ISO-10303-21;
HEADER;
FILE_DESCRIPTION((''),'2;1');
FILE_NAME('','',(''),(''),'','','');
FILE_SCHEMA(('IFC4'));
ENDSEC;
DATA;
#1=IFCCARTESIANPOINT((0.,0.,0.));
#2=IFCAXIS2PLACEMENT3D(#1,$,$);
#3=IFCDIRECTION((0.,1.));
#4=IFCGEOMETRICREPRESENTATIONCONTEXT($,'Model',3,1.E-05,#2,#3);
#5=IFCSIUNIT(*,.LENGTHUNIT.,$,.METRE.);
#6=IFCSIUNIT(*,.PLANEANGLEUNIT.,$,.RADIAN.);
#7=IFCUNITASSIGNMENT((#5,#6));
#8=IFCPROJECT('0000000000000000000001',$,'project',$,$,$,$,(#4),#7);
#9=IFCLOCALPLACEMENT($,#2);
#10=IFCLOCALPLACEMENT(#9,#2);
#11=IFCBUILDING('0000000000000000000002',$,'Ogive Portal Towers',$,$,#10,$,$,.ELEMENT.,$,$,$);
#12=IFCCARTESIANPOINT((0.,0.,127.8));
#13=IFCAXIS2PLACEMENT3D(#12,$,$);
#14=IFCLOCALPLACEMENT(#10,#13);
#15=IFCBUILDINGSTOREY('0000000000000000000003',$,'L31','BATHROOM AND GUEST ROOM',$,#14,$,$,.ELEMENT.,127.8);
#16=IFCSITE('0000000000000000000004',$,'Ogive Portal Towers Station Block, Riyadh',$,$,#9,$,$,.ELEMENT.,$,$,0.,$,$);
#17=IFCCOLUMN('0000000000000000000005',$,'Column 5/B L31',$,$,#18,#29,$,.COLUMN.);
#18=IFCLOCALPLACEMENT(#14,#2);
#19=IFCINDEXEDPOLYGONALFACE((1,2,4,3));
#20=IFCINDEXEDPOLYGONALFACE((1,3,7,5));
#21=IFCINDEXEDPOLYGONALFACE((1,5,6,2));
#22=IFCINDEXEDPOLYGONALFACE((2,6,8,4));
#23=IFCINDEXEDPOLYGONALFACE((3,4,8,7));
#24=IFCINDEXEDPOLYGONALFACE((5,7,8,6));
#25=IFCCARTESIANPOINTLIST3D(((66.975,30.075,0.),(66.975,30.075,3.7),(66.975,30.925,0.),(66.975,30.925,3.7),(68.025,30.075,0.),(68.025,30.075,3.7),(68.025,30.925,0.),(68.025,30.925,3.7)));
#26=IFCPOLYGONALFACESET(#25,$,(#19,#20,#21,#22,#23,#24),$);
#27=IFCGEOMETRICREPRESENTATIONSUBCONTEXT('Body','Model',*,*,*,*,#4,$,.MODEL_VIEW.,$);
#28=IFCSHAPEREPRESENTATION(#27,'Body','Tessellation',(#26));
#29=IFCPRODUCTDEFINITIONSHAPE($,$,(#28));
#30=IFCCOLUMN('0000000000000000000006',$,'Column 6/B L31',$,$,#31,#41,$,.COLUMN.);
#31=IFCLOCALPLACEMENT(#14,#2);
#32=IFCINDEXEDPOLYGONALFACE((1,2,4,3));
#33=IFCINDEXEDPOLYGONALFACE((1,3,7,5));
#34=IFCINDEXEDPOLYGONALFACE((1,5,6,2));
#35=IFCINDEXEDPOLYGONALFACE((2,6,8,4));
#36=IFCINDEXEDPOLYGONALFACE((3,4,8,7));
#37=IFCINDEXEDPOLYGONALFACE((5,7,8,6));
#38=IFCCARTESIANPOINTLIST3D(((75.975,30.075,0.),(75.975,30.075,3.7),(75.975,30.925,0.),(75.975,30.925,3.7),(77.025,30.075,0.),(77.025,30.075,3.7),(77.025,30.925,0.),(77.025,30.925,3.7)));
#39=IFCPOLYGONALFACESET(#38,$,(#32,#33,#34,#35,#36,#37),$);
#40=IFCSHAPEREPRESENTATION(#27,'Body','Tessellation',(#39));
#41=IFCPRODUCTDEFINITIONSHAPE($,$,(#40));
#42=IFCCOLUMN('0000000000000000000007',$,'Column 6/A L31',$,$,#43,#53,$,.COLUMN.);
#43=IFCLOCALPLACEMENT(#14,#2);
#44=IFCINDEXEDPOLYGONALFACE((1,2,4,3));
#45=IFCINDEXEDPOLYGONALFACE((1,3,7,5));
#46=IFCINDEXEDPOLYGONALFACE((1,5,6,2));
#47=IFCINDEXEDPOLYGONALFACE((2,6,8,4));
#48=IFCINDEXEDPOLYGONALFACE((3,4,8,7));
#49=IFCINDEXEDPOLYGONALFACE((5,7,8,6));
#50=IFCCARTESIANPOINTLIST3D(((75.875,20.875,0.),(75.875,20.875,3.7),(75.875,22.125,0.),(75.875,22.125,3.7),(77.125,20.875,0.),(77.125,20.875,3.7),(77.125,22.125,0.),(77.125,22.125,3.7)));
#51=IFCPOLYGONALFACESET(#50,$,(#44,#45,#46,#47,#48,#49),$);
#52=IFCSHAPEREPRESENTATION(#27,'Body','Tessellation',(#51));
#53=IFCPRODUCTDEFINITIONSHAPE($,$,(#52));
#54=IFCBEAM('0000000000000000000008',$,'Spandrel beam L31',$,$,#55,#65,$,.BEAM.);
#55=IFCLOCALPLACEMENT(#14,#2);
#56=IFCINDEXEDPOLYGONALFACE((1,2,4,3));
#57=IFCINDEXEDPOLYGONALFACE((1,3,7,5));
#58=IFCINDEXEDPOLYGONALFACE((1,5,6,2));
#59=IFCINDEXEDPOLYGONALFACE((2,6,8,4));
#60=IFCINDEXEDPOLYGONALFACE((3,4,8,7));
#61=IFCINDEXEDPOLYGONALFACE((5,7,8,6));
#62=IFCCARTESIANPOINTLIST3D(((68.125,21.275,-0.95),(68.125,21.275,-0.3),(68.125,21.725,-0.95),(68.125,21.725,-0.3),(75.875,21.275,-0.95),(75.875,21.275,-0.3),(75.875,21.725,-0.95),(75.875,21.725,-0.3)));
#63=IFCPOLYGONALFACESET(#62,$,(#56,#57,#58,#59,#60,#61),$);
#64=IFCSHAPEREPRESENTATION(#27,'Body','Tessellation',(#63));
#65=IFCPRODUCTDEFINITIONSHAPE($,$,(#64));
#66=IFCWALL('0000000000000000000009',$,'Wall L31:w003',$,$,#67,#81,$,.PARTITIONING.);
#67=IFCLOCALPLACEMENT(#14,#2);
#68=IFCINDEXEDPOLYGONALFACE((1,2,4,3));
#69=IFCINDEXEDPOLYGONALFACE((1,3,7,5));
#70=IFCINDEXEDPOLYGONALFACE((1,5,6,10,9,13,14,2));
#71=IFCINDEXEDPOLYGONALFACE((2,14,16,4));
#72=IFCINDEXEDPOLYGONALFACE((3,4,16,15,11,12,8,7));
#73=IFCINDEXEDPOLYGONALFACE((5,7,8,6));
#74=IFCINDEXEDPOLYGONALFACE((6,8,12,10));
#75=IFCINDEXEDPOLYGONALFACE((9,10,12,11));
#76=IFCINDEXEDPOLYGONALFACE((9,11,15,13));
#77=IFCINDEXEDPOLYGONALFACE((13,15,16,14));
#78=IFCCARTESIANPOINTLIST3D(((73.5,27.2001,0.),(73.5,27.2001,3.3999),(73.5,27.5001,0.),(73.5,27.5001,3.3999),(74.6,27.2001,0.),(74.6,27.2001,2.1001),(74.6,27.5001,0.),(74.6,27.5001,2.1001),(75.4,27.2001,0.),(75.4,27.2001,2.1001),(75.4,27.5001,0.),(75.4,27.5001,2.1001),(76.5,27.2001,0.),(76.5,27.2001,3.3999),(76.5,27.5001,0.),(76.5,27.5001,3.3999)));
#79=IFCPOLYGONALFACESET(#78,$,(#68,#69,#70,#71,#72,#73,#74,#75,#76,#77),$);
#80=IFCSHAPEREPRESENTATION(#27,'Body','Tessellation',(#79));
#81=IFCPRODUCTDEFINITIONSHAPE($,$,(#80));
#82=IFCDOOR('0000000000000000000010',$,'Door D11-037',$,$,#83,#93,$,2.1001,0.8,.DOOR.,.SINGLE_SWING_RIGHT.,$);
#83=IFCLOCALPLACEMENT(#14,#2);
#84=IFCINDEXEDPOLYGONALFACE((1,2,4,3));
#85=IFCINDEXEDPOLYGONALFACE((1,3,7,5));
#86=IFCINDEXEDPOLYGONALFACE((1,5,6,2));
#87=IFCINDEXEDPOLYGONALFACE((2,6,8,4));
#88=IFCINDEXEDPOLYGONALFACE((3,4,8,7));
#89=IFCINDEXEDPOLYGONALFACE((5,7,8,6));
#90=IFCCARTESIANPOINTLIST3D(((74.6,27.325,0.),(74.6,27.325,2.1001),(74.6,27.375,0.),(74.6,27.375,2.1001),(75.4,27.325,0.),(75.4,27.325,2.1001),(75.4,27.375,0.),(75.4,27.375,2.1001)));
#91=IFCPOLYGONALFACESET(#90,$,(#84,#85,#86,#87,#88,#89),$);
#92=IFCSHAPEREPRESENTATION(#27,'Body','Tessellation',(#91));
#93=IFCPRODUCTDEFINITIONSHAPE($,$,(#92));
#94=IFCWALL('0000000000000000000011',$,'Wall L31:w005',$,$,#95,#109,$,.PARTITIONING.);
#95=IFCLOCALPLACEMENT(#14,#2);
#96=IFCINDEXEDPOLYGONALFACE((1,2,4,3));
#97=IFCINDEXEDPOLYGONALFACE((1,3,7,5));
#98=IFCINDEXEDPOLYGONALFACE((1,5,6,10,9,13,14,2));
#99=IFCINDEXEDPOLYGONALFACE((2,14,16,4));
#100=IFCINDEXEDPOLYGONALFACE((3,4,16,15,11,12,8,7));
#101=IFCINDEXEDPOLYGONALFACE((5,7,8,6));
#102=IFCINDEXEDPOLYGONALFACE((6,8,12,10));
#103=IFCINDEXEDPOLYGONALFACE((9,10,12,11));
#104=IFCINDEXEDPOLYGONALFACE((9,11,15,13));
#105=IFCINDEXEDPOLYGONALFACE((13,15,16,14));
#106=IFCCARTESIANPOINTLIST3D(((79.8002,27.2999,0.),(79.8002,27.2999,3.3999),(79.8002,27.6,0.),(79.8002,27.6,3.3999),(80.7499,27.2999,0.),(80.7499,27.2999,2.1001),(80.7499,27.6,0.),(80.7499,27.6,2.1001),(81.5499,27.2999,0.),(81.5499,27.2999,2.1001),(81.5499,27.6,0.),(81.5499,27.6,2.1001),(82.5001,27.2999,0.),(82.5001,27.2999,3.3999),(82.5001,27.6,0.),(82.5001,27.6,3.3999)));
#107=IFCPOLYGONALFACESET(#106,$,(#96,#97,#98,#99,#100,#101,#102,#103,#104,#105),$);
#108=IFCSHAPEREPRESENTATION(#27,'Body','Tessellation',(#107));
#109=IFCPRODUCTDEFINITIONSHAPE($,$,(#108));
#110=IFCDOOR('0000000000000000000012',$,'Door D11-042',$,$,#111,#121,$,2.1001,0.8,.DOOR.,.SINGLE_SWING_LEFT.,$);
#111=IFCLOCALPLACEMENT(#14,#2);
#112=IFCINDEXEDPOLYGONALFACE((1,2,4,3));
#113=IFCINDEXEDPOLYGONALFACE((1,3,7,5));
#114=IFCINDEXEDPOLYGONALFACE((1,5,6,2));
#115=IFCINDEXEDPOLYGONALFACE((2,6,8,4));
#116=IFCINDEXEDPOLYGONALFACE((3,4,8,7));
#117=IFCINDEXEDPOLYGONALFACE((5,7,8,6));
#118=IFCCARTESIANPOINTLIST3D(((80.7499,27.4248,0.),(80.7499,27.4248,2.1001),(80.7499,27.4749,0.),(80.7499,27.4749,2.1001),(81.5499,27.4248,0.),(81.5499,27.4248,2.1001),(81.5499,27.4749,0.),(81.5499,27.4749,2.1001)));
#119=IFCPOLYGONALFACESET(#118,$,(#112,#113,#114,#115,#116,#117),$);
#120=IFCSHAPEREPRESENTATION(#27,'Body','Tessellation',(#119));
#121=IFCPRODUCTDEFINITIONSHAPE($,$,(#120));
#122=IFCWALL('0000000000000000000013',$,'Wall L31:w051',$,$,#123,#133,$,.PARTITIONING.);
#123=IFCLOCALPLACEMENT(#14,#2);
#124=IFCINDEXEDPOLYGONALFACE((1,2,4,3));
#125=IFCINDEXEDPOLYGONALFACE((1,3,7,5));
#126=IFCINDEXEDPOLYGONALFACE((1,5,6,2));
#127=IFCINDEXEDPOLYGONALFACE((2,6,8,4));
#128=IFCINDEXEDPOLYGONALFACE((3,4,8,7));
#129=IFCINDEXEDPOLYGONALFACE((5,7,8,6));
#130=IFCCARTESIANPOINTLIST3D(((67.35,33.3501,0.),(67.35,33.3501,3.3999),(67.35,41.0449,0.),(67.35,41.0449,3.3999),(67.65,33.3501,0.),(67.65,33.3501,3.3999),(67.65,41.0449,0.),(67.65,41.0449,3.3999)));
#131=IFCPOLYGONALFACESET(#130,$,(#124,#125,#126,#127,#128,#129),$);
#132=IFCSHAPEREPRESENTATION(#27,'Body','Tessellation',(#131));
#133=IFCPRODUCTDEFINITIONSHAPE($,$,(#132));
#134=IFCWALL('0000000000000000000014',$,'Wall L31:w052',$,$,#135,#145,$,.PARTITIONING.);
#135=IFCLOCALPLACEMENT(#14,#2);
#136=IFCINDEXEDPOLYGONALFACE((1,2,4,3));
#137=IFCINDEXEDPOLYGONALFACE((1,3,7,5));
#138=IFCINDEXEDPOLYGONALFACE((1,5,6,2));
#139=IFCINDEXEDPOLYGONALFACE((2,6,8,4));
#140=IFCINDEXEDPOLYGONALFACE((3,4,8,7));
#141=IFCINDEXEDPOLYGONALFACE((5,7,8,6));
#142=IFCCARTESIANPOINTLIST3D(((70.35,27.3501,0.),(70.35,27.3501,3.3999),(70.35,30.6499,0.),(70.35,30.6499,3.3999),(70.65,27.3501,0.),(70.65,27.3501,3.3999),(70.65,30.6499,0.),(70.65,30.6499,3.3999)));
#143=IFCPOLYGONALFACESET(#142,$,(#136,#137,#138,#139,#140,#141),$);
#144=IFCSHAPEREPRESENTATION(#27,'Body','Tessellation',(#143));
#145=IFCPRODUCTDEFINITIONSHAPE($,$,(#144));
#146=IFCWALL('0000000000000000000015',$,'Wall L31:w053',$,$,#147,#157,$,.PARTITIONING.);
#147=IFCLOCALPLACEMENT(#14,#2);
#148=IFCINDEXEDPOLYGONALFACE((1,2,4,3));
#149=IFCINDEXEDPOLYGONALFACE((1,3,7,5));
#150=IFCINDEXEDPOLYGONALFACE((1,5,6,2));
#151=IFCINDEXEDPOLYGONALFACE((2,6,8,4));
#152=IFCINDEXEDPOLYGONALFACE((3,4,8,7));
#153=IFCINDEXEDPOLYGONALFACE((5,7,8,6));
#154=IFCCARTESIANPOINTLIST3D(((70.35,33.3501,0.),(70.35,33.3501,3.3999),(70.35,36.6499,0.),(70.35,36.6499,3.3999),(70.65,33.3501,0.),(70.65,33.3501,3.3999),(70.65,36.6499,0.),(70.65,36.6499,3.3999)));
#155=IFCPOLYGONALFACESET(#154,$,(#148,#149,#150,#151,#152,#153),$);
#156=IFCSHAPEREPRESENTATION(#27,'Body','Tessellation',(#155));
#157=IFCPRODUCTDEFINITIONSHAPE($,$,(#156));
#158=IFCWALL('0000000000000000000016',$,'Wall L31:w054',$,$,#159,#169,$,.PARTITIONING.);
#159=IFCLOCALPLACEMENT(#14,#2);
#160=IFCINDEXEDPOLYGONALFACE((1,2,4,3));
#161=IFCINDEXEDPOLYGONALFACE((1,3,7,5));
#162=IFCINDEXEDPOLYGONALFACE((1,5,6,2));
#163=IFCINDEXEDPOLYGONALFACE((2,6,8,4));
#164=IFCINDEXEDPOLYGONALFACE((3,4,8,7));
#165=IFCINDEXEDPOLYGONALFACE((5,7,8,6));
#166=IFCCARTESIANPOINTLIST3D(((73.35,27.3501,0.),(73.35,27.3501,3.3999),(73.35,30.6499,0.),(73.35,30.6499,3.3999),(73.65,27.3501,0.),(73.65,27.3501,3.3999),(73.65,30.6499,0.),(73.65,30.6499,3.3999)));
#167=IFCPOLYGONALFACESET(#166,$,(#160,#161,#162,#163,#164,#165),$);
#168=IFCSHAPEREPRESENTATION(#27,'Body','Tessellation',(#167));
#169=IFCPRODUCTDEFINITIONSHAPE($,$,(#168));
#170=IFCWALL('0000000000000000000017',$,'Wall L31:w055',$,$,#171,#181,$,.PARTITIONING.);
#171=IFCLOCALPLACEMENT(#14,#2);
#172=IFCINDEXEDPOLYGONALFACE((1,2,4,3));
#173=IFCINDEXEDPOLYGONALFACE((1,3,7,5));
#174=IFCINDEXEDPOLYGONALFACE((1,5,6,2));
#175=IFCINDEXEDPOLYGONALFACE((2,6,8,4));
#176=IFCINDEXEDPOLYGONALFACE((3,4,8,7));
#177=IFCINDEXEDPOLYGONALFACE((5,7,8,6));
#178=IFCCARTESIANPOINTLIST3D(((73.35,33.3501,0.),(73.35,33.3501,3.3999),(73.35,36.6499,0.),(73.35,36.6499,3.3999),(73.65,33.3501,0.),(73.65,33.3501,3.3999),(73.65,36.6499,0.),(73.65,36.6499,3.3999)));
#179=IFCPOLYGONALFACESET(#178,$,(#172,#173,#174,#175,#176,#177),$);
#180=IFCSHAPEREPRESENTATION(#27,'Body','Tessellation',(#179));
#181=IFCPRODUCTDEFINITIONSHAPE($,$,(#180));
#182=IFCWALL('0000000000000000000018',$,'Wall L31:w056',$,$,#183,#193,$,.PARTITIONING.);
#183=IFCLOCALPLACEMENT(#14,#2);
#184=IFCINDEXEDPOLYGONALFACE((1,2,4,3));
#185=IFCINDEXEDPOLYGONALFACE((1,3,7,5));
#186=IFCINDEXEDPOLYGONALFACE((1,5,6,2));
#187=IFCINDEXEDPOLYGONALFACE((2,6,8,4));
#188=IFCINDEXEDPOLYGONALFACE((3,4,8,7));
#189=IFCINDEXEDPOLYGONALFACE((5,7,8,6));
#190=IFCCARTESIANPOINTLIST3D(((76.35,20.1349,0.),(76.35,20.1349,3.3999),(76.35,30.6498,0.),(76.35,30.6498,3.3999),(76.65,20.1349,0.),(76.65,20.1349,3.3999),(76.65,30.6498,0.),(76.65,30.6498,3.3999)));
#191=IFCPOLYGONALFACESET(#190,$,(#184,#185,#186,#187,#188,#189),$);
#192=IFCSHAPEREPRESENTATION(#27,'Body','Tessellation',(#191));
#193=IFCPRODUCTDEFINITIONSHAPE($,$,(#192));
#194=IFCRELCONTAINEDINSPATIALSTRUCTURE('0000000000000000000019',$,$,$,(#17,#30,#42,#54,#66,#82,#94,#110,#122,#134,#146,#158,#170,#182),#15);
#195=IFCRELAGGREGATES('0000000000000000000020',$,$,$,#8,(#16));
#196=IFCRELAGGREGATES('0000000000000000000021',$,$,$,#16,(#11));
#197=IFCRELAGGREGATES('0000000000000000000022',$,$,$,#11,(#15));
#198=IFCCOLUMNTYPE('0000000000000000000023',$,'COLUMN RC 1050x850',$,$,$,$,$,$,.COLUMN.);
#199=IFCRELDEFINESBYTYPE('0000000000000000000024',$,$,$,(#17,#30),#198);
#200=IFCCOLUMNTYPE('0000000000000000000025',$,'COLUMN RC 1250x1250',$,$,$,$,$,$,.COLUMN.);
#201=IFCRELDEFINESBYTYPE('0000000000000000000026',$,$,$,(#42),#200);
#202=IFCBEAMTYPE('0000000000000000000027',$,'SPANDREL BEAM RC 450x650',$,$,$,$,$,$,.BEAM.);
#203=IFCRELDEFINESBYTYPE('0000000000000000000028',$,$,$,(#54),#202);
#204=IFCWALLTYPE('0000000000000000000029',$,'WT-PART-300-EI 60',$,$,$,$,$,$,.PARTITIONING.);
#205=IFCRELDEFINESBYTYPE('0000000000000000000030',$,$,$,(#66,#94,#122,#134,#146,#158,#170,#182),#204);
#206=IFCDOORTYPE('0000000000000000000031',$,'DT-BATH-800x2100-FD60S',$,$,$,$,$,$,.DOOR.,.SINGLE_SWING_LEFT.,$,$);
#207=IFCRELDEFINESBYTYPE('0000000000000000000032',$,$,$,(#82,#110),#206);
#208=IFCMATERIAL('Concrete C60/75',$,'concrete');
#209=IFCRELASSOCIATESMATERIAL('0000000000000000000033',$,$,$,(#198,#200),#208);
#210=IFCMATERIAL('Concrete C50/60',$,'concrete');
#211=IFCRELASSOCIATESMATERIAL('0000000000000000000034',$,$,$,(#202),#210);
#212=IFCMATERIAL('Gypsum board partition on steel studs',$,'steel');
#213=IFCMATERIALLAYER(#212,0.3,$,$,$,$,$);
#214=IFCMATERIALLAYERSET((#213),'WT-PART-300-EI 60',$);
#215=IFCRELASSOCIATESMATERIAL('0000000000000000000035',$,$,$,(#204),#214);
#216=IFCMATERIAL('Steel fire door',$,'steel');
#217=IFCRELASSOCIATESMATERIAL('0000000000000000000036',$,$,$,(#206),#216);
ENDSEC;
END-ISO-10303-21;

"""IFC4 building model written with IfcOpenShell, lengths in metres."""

from ifc_helpers import new_model, si_unit, direction, frame, frame_2d, origin, origin_2d, place, context, subcontext, project, spatial, rectangle, extrude, material, layer, layer_set, material_profile, profile_set, type_object, element, fill, save


model = new_model("IFC4")

# Units and contexts
model_context = context("Model", 3, precision=1e-05, world=origin(), true_north=direction((0.0, 1.0)))
body_context = subcontext(model_context, "Body", "Model", "MODEL_VIEW")
ifc_project = project(units=[si_unit("LENGTHUNIT", "METRE"), si_unit("PLANEANGLEUNIT", "RADIAN")], contexts=[model_context])

# Site, building, storey
site_placement = place(None, origin())
site = spatial("IfcSite", under=ifc_project, at=site_placement, Name="Ogive Portal Towers Station Block, Riyadh", CompositionType="ELEMENT", RefElevation=0.0)
building_placement = place(site_placement, origin())
building = spatial("IfcBuilding", under=site, at=building_placement, Name="Ogive Portal Towers", CompositionType="ELEMENT")
storey_placement = place(building_placement, frame((0.0, 0.0, 127.8)))
storey = spatial("IfcBuildingStorey", under=building, at=storey_placement, Name="L31", Description="BATHROOM AND GUEST ROOM", CompositionType="ELEMENT", Elevation=127.8)

# Columns
ifc_material_1 = material(Name="Concrete C60/75", Category="concrete")
ifc_material_profile_1 = material_profile(ifc_material_1, rectangle(XDim=1.05, YDim=0.8501, at=origin_2d()), Name="RC 1050x850")
ifc_profile_set_1 = profile_set([ifc_material_profile_1], Name="Concrete C60/75")
column_type_1 = type_object("IfcColumnType", Name="COLUMN RC 1050x850", PredefinedType="COLUMN", material=ifc_profile_set_1)
for number, where, z_axis, x_axis, name in (
    (1, (67.5, 30.5, 0.0), (0.0, 0.0, 1.0), (1.0, 0.0, 0.0), "Column 5/B L31"),
    (2, (76.5, 30.5, 0.0), (0.0, 0.0, 1.0), (1.0, 0.0, 0.0), "Column 6/B L31"),
):
    element("IfcColumn", number, at=place(storey_placement, frame(where, z_axis=z_axis, x_axis=x_axis)), inside=storey, type_object=column_type_1, Name=name, PredefinedType="COLUMN", context=body_context, shape_type="SweptSolid", body=[
        extrude(rectangle(XDim=1.05, YDim=0.8501, at=origin_2d()), origin(), (0.0, 0.0, 1.0), 3.7),
    ])
ifc_material_profile_2 = material_profile(ifc_material_1, rectangle(XDim=1.25, YDim=1.25, at=origin_2d()), Name="RC 1250x1250")
ifc_profile_set_2 = profile_set([ifc_material_profile_2], Name="Concrete C60/75")
column_type_2 = type_object("IfcColumnType", Name="COLUMN RC 1250x1250", PredefinedType="COLUMN", material=ifc_profile_set_2)
column_placement = place(storey_placement, frame((76.5, 21.5, 0.0), z_axis=(0.0, 0.0, 1.0), x_axis=(1.0, 0.0, 0.0)))
element("IfcColumn", 3, at=column_placement, inside=storey, type_object=column_type_2, Name="Column 6/A L31", PredefinedType="COLUMN", context=body_context, shape_type="SweptSolid", body=[
    extrude(rectangle(XDim=1.25, YDim=1.25, at=origin_2d()), origin(), (0.0, 0.0, 1.0), 3.7),
])

# Beam
ifc_material_2 = material(Name="Concrete C50/60", Category="concrete")
ifc_material_profile_3 = material_profile(ifc_material_2, rectangle(XDim=0.45, YDim=0.6499, at=origin_2d()), Name="RC 450x650")
ifc_profile_set_3 = profile_set([ifc_material_profile_3], Name="Concrete C50/60")
beam_type = type_object("IfcBeamType", Name="SPANDREL BEAM RC 450x650", PredefinedType="BEAM", material=ifc_profile_set_3)
beam_placement = place(storey_placement, frame((75.875, 21.5, -0.625), z_axis=(-1.0, 0.0, 0.0), x_axis=(0.0, -1.0, 0.0)))
element("IfcBeam", 4, at=beam_placement, inside=storey, type_object=beam_type, Name="Spandrel beam L31", PredefinedType="BEAM", context=body_context, shape_type="SweptSolid", body=[
    extrude(rectangle(XDim=0.45, YDim=0.6499, at=origin_2d()), origin(), (0.0, 0.0, 1.0), 7.75),
])

# Walls, openings, doors
ifc_material_3 = material(Name="Gypsum board partition on steel studs", Category="steel")
ifc_layer = layer(ifc_material_3, 0.3)
ifc_layer_set = layer_set([ifc_layer], Name="WT-PART-300-EI 60")
wall_type = type_object("IfcWallType", Name="WT-PART-300-EI 60", PredefinedType="PARTITIONING", material=ifc_layer_set)
wall_1_placement = place(storey_placement, frame((73.5, 27.3501, 0.0), z_axis=(0.0, 0.0, 1.0), x_axis=(1.0, 0.0, 0.0)))
wall_1 = element("IfcWall", 5, at=wall_1_placement, inside=storey, type_object=wall_type, Name="Wall L31:w003", PredefinedType="PARTITIONING", context=body_context, shape_type="SweptSolid", body=[
    extrude(rectangle(XDim=3.0, YDim=0.3, at=frame_2d((1.5, 0.0))), origin(), (0.0, 0.0, 1.0), 3.3999),
])
opening_1_placement = place(wall_1_placement, frame((1.1001, 0.0, 0.0)))
opening_1 = element("IfcOpeningElement", 6, at=opening_1_placement, cuts=wall_1, PredefinedType="OPENING", context=body_context, shape_type="SweptSolid", body=[
    extrude(rectangle(XDim=0.8, YDim=2.1001, at=frame_2d((0.3999, 1.05))), frame((0.0, 0.1602, 0.0), z_axis=(0.0, -1.0, 0.0), x_axis=(1.0, 0.0, 0.0)), (0.0, 0.0, 1.0), 0.3201),
])
ifc_material_4 = material(Name="Steel fire door", Category="steel")
door_type = type_object("IfcDoorType", Name="DT-BATH-800x2100-FD60S", OperationType="SINGLE_SWING_LEFT", PredefinedType="DOOR", material=ifc_material_4)
door_1_placement = place(opening_1_placement, origin())
door_1 = element("IfcDoor", 7, at=door_1_placement, inside=storey, type_object=door_type, Name="Door D11-037", OperationType="SINGLE_SWING_RIGHT", OverallHeight=2.1001, OverallWidth=0.8, PredefinedType="DOOR", context=body_context, shape_type="SweptSolid", body=[
    extrude(rectangle(XDim=0.8, YDim=2.1001, at=frame_2d((0.3999, 1.05))), frame((0.0, 0.0249, 0.0), z_axis=(0.0, -1.0, 0.0), x_axis=(1.0, 0.0, 0.0)), (0.0, 0.0, 1.0), 0.05),
])
fill(opening_1, door_1)
wall_2_placement = place(storey_placement, frame((79.8, 27.45, 0.0), z_axis=(0.0, 0.0, 1.0), x_axis=(1.0, 0.0, 0.0)))
wall_2 = element("IfcWall", 8, at=wall_2_placement, inside=storey, type_object=wall_type, Name="Wall L31:w005", PredefinedType="PARTITIONING", context=body_context, shape_type="SweptSolid", body=[
    extrude(rectangle(XDim=2.7, YDim=0.3, at=frame_2d((1.3501, 0.0))), origin(), (0.0, 0.0, 1.0), 3.3999),
])
opening_2_placement = place(wall_2_placement, frame((0.95, 0.0, 0.0)))
opening_2 = element("IfcOpeningElement", 9, at=opening_2_placement, cuts=wall_2, PredefinedType="OPENING", context=body_context, shape_type="SweptSolid", body=[
    extrude(rectangle(XDim=0.8, YDim=2.1001, at=frame_2d((0.3999, 1.05))), frame((0.0, 0.1602, 0.0), z_axis=(0.0, -1.0, 0.0), x_axis=(1.0, 0.0, 0.0)), (0.0, 0.0, 1.0), 0.3201),
])
door_2_placement = place(opening_2_placement, origin())
door_2 = element("IfcDoor", 10, at=door_2_placement, inside=storey, type_object=door_type, Name="Door D11-042", OperationType="SINGLE_SWING_LEFT", OverallHeight=2.1001, OverallWidth=0.8, PredefinedType="DOOR", context=body_context, shape_type="SweptSolid", body=[
    extrude(rectangle(XDim=0.8, YDim=2.1001, at=frame_2d((0.3999, 1.05))), frame((0.0, 0.0249, 0.0), z_axis=(0.0, -1.0, 0.0), x_axis=(1.0, 0.0, 0.0)), (0.0, 0.0, 1.0), 0.05),
])
fill(opening_2, door_2)

# Walls
wall_3_placement = place(storey_placement, frame((67.5, 33.3501, 0.0), z_axis=(0.0, 0.0, 1.0), x_axis=(0.0, 1.0, 0.0)))
element("IfcWall", 11, at=wall_3_placement, inside=storey, type_object=wall_type, Name="Wall L31:w051", PredefinedType="PARTITIONING", context=body_context, shape_type="SweptSolid", body=[
    extrude(rectangle(XDim=7.6948, YDim=0.3, at=frame_2d((3.8474, 0.0))), origin(), (0.0, 0.0, 1.0), 3.3999),
])
for number, where, z_axis, x_axis, name in (
    (12, (70.5, 27.3501, 0.0), (0.0, 0.0, 1.0), (0.0, 1.0, 0.0), "Wall L31:w052"),
    (13, (70.5, 33.3501, 0.0), (0.0, 0.0, 1.0), (0.0, 1.0, 0.0), "Wall L31:w053"),
    (14, (73.5, 27.3501, 0.0), (0.0, 0.0, 1.0), (0.0, 1.0, 0.0), "Wall L31:w054"),
    (15, (73.5, 33.3501, 0.0), (0.0, 0.0, 1.0), (0.0, 1.0, 0.0), "Wall L31:w055"),
):
    element("IfcWall", number, at=place(storey_placement, frame(where, z_axis=z_axis, x_axis=x_axis)), inside=storey, type_object=wall_type, Name=name, PredefinedType="PARTITIONING", context=body_context, shape_type="SweptSolid", body=[
        extrude(rectangle(XDim=3.2998, YDim=0.3, at=frame_2d((1.6499, 0.0))), origin(), (0.0, 0.0, 1.0), 3.3999),
    ])
wall_4_placement = place(storey_placement, frame((76.5, 20.135, 0.0), z_axis=(0.0, 0.0, 1.0), x_axis=(0.0, 1.0, 0.0)))
element("IfcWall", 16, at=wall_4_placement, inside=storey, type_object=wall_type, Name="Wall L31:w056", PredefinedType="PARTITIONING", context=body_context, shape_type="SweptSolid", body=[
    extrude(rectangle(XDim=10.5149, YDim=0.3, at=frame_2d((5.2573, 0.0))), origin(), (0.0, 0.0, 1.0), 3.3999),
])

save(model, "model.ifc")
